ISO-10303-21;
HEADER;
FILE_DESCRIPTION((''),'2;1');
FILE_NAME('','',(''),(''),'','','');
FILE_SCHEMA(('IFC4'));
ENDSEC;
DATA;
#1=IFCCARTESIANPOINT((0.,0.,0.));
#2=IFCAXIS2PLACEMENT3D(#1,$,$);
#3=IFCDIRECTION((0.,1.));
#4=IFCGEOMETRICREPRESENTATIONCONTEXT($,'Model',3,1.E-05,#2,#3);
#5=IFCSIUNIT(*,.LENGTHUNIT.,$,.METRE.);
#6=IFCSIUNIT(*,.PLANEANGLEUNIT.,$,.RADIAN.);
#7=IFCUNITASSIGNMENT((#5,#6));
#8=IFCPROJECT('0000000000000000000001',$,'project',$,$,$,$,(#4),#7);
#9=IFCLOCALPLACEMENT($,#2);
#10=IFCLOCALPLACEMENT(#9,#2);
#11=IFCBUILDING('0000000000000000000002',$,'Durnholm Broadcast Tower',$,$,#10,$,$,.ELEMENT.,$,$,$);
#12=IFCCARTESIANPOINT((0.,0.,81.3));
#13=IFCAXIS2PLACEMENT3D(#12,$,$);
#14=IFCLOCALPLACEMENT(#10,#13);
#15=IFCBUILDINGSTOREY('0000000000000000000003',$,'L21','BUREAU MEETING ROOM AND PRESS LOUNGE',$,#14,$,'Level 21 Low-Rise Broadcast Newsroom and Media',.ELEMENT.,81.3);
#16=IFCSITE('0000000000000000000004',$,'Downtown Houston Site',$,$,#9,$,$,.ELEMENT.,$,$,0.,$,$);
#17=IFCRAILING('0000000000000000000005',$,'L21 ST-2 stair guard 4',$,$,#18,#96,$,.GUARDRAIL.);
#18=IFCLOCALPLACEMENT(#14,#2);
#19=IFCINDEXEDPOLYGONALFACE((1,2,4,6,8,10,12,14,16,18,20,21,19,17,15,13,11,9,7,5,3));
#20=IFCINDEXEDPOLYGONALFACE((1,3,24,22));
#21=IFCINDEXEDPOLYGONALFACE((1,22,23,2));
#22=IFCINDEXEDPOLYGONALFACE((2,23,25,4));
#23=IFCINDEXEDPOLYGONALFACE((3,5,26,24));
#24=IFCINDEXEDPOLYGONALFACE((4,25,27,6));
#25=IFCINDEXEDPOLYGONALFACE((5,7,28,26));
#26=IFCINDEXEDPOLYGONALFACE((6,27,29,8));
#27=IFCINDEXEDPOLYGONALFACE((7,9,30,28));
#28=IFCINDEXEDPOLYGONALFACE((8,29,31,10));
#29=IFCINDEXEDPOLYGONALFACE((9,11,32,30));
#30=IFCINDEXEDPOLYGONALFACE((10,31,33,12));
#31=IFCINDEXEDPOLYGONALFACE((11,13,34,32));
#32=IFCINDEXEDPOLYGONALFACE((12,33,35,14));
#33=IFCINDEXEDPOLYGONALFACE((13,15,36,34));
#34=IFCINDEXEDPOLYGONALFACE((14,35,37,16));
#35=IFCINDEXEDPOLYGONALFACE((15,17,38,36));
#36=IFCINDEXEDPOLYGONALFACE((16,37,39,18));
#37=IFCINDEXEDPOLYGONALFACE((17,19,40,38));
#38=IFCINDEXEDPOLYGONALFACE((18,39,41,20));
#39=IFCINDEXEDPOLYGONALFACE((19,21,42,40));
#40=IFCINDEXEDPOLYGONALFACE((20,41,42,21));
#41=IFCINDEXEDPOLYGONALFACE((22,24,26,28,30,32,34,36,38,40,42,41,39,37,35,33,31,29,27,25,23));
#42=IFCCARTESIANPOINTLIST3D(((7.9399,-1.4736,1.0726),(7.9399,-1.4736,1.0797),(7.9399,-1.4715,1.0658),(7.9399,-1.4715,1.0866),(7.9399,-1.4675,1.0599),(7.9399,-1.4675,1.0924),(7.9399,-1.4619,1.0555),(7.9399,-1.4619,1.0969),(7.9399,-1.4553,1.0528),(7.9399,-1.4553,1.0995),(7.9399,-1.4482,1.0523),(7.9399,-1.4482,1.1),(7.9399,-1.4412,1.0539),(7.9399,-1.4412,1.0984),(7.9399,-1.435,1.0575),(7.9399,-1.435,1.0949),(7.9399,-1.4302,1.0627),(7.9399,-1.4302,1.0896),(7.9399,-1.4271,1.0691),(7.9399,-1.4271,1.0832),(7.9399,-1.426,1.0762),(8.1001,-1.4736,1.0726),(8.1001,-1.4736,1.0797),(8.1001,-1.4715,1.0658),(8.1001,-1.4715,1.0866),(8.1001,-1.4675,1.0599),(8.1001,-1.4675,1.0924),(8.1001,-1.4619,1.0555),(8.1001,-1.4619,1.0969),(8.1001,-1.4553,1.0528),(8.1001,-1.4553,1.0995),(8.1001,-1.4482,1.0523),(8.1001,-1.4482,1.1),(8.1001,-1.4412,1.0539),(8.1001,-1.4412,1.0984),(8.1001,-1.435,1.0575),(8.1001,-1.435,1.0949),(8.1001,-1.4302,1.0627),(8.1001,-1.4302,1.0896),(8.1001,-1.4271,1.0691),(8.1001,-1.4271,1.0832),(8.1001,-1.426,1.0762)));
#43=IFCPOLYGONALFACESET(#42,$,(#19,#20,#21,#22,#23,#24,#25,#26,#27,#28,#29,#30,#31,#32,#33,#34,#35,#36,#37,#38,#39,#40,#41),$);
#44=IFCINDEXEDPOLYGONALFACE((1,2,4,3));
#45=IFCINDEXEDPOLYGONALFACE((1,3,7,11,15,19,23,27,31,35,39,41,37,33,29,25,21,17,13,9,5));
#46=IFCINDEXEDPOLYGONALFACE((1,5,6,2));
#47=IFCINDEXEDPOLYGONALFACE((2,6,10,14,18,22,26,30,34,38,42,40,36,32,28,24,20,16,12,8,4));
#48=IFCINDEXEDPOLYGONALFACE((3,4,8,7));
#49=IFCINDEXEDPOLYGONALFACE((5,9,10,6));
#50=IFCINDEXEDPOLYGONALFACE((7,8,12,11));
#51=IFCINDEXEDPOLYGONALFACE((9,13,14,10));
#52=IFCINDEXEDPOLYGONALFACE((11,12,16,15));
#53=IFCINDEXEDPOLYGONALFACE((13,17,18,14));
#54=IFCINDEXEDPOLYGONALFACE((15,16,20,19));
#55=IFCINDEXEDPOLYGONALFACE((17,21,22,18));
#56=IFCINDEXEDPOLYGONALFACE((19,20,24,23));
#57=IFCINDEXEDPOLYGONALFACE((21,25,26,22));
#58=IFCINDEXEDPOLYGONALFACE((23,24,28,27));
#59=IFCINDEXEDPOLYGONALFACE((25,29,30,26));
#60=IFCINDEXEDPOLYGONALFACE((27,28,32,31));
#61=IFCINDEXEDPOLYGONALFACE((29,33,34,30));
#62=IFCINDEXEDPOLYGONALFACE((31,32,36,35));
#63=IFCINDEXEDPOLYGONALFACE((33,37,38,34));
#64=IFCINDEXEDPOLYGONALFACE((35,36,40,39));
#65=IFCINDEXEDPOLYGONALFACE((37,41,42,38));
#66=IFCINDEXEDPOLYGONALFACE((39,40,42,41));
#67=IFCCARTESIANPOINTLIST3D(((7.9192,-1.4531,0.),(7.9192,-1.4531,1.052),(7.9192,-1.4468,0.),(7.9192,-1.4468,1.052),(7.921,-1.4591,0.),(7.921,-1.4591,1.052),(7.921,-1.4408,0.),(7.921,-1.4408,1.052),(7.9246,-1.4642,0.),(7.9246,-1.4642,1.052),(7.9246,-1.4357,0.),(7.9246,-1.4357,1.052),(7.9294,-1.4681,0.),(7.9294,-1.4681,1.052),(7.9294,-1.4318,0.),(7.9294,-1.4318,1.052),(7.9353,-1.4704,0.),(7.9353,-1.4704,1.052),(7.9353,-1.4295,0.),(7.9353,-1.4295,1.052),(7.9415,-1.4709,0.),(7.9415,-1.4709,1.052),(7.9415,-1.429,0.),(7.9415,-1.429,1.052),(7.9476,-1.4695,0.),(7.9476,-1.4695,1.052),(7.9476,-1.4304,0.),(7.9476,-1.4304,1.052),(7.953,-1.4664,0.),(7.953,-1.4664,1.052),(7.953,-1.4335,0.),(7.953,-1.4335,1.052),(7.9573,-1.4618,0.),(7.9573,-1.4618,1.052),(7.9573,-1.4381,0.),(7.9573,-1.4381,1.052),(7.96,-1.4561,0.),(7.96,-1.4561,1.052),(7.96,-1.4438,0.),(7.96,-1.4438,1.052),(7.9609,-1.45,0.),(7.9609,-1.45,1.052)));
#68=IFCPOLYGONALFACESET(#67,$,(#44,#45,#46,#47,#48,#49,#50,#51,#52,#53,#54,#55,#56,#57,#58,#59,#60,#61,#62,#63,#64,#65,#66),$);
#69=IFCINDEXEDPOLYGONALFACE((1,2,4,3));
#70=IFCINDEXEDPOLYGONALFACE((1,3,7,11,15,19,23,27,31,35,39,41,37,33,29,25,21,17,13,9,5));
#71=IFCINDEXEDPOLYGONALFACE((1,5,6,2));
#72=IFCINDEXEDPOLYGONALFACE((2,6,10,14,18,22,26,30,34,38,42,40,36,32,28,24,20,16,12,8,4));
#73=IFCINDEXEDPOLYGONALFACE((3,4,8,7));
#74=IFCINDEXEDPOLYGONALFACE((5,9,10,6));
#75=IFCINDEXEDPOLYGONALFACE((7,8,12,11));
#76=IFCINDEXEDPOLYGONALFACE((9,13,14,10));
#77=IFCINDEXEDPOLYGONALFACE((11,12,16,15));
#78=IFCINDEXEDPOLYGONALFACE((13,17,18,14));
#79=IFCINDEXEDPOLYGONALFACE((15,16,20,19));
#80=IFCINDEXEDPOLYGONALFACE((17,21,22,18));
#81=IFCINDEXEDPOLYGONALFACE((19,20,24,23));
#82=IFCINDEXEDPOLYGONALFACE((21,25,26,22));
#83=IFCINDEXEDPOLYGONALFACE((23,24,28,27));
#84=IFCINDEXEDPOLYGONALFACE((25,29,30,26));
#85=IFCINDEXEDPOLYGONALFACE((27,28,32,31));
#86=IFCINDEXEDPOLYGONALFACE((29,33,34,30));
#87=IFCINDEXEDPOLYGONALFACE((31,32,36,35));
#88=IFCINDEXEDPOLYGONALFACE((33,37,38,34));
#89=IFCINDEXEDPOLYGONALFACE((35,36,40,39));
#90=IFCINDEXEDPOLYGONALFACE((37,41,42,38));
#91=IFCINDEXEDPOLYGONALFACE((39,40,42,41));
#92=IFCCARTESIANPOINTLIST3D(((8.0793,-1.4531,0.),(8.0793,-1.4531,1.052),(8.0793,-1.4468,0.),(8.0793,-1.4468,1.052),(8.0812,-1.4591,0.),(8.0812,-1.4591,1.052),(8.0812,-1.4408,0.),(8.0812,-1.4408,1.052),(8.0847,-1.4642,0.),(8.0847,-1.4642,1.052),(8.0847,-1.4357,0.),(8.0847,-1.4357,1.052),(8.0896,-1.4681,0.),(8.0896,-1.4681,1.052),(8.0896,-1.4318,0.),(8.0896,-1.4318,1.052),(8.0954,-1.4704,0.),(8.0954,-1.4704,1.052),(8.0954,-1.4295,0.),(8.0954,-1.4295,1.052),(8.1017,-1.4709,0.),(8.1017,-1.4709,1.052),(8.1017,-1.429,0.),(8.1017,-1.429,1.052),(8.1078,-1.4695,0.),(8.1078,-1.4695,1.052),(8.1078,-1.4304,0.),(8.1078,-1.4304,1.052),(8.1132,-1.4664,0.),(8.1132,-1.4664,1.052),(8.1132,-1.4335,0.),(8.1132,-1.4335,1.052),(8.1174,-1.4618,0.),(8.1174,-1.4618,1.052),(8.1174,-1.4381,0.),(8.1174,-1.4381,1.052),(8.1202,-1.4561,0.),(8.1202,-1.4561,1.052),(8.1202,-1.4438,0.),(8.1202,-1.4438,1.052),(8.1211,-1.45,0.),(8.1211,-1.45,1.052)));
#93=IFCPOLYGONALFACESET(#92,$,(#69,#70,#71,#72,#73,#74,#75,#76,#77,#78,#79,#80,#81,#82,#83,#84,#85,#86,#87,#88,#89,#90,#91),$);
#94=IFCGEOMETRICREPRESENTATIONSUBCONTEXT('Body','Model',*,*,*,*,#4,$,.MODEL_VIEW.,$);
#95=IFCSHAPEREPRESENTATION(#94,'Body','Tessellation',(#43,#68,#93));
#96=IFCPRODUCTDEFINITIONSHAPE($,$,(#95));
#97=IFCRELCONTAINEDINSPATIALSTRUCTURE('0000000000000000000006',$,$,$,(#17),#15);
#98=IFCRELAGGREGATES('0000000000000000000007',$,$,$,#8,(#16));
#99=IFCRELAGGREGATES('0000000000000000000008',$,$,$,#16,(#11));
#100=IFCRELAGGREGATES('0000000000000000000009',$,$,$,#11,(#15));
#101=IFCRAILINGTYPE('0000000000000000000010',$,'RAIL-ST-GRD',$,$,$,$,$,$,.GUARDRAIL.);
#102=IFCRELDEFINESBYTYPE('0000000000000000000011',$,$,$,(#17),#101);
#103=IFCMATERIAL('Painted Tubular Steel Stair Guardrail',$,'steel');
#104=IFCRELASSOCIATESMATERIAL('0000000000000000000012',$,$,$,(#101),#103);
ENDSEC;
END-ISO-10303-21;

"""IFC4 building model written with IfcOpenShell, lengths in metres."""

from ifc_helpers import new_model, si_unit, direction, frame, origin, origin_2d, place, context, subcontext, project, spatial, circle, extrude, material, type_object, element, save


model = new_model("IFC4")

# Units and contexts
model_context = context("Model", 3, precision=1e-05, world=origin(), true_north=direction((0.0, 1.0)))
body_context = subcontext(model_context, "Body", "Model", "MODEL_VIEW")
ifc_project = project(units=[si_unit("LENGTHUNIT", "METRE"), si_unit("PLANEANGLEUNIT", "RADIAN")], contexts=[model_context])

# Site, building, storey
site_placement = place(None, origin())
site = spatial("IfcSite", under=ifc_project, at=site_placement, Name="Downtown Houston Site", CompositionType="ELEMENT", RefElevation=0.0)
building_placement = place(site_placement, origin())
building = spatial("IfcBuilding", under=site, at=building_placement, Name="Durnholm Broadcast Tower", CompositionType="ELEMENT")
storey_placement = place(building_placement, frame((0.0, 0.0, 81.3)))
storey = spatial("IfcBuildingStorey", under=building, at=storey_placement, Name="L21", Description="BUREAU MEETING ROOM AND PRESS LOUNGE", LongName="Level 21 Low-Rise Broadcast Newsroom and Media", CompositionType="ELEMENT", Elevation=81.3)

# Railing
ifc_material_1 = material(Name="Painted Tubular Steel Stair Guardrail", Category="steel")
railing_type_1 = type_object("IfcRailingType", Name="RAIL-ST-GRD", PredefinedType="GUARDRAIL", material=ifc_material_1)
railing_1_placement = place(storey_placement, frame((7.9399, -1.45, 0.0)))
element("IfcRailing", 1, at=railing_1_placement, inside=storey, type_object=railing_type_1, Name="L21 ST-2 stair guard 4", PredefinedType="GUARDRAIL", context=body_context, shape_type="SweptSolid", body=[
    extrude(circle(Radius=0.0239, at=origin_2d()), frame((0.0, 0.0, 1.0762), z_axis=(1.0, 0.0, 0.0), x_axis=(0.0, 1.0, 0.0)), (0.0, 0.0, 1.0), 0.1602),
    extrude(circle(Radius=0.021, at=origin_2d()), origin(), (0.0, 0.0, 1.0), 1.052),
    extrude(circle(Radius=0.021, at=origin_2d()), frame((0.1602, 0.0, 0.0)), (0.0, 0.0, 1.0), 1.052),
])

save(model, "model.ifc")
